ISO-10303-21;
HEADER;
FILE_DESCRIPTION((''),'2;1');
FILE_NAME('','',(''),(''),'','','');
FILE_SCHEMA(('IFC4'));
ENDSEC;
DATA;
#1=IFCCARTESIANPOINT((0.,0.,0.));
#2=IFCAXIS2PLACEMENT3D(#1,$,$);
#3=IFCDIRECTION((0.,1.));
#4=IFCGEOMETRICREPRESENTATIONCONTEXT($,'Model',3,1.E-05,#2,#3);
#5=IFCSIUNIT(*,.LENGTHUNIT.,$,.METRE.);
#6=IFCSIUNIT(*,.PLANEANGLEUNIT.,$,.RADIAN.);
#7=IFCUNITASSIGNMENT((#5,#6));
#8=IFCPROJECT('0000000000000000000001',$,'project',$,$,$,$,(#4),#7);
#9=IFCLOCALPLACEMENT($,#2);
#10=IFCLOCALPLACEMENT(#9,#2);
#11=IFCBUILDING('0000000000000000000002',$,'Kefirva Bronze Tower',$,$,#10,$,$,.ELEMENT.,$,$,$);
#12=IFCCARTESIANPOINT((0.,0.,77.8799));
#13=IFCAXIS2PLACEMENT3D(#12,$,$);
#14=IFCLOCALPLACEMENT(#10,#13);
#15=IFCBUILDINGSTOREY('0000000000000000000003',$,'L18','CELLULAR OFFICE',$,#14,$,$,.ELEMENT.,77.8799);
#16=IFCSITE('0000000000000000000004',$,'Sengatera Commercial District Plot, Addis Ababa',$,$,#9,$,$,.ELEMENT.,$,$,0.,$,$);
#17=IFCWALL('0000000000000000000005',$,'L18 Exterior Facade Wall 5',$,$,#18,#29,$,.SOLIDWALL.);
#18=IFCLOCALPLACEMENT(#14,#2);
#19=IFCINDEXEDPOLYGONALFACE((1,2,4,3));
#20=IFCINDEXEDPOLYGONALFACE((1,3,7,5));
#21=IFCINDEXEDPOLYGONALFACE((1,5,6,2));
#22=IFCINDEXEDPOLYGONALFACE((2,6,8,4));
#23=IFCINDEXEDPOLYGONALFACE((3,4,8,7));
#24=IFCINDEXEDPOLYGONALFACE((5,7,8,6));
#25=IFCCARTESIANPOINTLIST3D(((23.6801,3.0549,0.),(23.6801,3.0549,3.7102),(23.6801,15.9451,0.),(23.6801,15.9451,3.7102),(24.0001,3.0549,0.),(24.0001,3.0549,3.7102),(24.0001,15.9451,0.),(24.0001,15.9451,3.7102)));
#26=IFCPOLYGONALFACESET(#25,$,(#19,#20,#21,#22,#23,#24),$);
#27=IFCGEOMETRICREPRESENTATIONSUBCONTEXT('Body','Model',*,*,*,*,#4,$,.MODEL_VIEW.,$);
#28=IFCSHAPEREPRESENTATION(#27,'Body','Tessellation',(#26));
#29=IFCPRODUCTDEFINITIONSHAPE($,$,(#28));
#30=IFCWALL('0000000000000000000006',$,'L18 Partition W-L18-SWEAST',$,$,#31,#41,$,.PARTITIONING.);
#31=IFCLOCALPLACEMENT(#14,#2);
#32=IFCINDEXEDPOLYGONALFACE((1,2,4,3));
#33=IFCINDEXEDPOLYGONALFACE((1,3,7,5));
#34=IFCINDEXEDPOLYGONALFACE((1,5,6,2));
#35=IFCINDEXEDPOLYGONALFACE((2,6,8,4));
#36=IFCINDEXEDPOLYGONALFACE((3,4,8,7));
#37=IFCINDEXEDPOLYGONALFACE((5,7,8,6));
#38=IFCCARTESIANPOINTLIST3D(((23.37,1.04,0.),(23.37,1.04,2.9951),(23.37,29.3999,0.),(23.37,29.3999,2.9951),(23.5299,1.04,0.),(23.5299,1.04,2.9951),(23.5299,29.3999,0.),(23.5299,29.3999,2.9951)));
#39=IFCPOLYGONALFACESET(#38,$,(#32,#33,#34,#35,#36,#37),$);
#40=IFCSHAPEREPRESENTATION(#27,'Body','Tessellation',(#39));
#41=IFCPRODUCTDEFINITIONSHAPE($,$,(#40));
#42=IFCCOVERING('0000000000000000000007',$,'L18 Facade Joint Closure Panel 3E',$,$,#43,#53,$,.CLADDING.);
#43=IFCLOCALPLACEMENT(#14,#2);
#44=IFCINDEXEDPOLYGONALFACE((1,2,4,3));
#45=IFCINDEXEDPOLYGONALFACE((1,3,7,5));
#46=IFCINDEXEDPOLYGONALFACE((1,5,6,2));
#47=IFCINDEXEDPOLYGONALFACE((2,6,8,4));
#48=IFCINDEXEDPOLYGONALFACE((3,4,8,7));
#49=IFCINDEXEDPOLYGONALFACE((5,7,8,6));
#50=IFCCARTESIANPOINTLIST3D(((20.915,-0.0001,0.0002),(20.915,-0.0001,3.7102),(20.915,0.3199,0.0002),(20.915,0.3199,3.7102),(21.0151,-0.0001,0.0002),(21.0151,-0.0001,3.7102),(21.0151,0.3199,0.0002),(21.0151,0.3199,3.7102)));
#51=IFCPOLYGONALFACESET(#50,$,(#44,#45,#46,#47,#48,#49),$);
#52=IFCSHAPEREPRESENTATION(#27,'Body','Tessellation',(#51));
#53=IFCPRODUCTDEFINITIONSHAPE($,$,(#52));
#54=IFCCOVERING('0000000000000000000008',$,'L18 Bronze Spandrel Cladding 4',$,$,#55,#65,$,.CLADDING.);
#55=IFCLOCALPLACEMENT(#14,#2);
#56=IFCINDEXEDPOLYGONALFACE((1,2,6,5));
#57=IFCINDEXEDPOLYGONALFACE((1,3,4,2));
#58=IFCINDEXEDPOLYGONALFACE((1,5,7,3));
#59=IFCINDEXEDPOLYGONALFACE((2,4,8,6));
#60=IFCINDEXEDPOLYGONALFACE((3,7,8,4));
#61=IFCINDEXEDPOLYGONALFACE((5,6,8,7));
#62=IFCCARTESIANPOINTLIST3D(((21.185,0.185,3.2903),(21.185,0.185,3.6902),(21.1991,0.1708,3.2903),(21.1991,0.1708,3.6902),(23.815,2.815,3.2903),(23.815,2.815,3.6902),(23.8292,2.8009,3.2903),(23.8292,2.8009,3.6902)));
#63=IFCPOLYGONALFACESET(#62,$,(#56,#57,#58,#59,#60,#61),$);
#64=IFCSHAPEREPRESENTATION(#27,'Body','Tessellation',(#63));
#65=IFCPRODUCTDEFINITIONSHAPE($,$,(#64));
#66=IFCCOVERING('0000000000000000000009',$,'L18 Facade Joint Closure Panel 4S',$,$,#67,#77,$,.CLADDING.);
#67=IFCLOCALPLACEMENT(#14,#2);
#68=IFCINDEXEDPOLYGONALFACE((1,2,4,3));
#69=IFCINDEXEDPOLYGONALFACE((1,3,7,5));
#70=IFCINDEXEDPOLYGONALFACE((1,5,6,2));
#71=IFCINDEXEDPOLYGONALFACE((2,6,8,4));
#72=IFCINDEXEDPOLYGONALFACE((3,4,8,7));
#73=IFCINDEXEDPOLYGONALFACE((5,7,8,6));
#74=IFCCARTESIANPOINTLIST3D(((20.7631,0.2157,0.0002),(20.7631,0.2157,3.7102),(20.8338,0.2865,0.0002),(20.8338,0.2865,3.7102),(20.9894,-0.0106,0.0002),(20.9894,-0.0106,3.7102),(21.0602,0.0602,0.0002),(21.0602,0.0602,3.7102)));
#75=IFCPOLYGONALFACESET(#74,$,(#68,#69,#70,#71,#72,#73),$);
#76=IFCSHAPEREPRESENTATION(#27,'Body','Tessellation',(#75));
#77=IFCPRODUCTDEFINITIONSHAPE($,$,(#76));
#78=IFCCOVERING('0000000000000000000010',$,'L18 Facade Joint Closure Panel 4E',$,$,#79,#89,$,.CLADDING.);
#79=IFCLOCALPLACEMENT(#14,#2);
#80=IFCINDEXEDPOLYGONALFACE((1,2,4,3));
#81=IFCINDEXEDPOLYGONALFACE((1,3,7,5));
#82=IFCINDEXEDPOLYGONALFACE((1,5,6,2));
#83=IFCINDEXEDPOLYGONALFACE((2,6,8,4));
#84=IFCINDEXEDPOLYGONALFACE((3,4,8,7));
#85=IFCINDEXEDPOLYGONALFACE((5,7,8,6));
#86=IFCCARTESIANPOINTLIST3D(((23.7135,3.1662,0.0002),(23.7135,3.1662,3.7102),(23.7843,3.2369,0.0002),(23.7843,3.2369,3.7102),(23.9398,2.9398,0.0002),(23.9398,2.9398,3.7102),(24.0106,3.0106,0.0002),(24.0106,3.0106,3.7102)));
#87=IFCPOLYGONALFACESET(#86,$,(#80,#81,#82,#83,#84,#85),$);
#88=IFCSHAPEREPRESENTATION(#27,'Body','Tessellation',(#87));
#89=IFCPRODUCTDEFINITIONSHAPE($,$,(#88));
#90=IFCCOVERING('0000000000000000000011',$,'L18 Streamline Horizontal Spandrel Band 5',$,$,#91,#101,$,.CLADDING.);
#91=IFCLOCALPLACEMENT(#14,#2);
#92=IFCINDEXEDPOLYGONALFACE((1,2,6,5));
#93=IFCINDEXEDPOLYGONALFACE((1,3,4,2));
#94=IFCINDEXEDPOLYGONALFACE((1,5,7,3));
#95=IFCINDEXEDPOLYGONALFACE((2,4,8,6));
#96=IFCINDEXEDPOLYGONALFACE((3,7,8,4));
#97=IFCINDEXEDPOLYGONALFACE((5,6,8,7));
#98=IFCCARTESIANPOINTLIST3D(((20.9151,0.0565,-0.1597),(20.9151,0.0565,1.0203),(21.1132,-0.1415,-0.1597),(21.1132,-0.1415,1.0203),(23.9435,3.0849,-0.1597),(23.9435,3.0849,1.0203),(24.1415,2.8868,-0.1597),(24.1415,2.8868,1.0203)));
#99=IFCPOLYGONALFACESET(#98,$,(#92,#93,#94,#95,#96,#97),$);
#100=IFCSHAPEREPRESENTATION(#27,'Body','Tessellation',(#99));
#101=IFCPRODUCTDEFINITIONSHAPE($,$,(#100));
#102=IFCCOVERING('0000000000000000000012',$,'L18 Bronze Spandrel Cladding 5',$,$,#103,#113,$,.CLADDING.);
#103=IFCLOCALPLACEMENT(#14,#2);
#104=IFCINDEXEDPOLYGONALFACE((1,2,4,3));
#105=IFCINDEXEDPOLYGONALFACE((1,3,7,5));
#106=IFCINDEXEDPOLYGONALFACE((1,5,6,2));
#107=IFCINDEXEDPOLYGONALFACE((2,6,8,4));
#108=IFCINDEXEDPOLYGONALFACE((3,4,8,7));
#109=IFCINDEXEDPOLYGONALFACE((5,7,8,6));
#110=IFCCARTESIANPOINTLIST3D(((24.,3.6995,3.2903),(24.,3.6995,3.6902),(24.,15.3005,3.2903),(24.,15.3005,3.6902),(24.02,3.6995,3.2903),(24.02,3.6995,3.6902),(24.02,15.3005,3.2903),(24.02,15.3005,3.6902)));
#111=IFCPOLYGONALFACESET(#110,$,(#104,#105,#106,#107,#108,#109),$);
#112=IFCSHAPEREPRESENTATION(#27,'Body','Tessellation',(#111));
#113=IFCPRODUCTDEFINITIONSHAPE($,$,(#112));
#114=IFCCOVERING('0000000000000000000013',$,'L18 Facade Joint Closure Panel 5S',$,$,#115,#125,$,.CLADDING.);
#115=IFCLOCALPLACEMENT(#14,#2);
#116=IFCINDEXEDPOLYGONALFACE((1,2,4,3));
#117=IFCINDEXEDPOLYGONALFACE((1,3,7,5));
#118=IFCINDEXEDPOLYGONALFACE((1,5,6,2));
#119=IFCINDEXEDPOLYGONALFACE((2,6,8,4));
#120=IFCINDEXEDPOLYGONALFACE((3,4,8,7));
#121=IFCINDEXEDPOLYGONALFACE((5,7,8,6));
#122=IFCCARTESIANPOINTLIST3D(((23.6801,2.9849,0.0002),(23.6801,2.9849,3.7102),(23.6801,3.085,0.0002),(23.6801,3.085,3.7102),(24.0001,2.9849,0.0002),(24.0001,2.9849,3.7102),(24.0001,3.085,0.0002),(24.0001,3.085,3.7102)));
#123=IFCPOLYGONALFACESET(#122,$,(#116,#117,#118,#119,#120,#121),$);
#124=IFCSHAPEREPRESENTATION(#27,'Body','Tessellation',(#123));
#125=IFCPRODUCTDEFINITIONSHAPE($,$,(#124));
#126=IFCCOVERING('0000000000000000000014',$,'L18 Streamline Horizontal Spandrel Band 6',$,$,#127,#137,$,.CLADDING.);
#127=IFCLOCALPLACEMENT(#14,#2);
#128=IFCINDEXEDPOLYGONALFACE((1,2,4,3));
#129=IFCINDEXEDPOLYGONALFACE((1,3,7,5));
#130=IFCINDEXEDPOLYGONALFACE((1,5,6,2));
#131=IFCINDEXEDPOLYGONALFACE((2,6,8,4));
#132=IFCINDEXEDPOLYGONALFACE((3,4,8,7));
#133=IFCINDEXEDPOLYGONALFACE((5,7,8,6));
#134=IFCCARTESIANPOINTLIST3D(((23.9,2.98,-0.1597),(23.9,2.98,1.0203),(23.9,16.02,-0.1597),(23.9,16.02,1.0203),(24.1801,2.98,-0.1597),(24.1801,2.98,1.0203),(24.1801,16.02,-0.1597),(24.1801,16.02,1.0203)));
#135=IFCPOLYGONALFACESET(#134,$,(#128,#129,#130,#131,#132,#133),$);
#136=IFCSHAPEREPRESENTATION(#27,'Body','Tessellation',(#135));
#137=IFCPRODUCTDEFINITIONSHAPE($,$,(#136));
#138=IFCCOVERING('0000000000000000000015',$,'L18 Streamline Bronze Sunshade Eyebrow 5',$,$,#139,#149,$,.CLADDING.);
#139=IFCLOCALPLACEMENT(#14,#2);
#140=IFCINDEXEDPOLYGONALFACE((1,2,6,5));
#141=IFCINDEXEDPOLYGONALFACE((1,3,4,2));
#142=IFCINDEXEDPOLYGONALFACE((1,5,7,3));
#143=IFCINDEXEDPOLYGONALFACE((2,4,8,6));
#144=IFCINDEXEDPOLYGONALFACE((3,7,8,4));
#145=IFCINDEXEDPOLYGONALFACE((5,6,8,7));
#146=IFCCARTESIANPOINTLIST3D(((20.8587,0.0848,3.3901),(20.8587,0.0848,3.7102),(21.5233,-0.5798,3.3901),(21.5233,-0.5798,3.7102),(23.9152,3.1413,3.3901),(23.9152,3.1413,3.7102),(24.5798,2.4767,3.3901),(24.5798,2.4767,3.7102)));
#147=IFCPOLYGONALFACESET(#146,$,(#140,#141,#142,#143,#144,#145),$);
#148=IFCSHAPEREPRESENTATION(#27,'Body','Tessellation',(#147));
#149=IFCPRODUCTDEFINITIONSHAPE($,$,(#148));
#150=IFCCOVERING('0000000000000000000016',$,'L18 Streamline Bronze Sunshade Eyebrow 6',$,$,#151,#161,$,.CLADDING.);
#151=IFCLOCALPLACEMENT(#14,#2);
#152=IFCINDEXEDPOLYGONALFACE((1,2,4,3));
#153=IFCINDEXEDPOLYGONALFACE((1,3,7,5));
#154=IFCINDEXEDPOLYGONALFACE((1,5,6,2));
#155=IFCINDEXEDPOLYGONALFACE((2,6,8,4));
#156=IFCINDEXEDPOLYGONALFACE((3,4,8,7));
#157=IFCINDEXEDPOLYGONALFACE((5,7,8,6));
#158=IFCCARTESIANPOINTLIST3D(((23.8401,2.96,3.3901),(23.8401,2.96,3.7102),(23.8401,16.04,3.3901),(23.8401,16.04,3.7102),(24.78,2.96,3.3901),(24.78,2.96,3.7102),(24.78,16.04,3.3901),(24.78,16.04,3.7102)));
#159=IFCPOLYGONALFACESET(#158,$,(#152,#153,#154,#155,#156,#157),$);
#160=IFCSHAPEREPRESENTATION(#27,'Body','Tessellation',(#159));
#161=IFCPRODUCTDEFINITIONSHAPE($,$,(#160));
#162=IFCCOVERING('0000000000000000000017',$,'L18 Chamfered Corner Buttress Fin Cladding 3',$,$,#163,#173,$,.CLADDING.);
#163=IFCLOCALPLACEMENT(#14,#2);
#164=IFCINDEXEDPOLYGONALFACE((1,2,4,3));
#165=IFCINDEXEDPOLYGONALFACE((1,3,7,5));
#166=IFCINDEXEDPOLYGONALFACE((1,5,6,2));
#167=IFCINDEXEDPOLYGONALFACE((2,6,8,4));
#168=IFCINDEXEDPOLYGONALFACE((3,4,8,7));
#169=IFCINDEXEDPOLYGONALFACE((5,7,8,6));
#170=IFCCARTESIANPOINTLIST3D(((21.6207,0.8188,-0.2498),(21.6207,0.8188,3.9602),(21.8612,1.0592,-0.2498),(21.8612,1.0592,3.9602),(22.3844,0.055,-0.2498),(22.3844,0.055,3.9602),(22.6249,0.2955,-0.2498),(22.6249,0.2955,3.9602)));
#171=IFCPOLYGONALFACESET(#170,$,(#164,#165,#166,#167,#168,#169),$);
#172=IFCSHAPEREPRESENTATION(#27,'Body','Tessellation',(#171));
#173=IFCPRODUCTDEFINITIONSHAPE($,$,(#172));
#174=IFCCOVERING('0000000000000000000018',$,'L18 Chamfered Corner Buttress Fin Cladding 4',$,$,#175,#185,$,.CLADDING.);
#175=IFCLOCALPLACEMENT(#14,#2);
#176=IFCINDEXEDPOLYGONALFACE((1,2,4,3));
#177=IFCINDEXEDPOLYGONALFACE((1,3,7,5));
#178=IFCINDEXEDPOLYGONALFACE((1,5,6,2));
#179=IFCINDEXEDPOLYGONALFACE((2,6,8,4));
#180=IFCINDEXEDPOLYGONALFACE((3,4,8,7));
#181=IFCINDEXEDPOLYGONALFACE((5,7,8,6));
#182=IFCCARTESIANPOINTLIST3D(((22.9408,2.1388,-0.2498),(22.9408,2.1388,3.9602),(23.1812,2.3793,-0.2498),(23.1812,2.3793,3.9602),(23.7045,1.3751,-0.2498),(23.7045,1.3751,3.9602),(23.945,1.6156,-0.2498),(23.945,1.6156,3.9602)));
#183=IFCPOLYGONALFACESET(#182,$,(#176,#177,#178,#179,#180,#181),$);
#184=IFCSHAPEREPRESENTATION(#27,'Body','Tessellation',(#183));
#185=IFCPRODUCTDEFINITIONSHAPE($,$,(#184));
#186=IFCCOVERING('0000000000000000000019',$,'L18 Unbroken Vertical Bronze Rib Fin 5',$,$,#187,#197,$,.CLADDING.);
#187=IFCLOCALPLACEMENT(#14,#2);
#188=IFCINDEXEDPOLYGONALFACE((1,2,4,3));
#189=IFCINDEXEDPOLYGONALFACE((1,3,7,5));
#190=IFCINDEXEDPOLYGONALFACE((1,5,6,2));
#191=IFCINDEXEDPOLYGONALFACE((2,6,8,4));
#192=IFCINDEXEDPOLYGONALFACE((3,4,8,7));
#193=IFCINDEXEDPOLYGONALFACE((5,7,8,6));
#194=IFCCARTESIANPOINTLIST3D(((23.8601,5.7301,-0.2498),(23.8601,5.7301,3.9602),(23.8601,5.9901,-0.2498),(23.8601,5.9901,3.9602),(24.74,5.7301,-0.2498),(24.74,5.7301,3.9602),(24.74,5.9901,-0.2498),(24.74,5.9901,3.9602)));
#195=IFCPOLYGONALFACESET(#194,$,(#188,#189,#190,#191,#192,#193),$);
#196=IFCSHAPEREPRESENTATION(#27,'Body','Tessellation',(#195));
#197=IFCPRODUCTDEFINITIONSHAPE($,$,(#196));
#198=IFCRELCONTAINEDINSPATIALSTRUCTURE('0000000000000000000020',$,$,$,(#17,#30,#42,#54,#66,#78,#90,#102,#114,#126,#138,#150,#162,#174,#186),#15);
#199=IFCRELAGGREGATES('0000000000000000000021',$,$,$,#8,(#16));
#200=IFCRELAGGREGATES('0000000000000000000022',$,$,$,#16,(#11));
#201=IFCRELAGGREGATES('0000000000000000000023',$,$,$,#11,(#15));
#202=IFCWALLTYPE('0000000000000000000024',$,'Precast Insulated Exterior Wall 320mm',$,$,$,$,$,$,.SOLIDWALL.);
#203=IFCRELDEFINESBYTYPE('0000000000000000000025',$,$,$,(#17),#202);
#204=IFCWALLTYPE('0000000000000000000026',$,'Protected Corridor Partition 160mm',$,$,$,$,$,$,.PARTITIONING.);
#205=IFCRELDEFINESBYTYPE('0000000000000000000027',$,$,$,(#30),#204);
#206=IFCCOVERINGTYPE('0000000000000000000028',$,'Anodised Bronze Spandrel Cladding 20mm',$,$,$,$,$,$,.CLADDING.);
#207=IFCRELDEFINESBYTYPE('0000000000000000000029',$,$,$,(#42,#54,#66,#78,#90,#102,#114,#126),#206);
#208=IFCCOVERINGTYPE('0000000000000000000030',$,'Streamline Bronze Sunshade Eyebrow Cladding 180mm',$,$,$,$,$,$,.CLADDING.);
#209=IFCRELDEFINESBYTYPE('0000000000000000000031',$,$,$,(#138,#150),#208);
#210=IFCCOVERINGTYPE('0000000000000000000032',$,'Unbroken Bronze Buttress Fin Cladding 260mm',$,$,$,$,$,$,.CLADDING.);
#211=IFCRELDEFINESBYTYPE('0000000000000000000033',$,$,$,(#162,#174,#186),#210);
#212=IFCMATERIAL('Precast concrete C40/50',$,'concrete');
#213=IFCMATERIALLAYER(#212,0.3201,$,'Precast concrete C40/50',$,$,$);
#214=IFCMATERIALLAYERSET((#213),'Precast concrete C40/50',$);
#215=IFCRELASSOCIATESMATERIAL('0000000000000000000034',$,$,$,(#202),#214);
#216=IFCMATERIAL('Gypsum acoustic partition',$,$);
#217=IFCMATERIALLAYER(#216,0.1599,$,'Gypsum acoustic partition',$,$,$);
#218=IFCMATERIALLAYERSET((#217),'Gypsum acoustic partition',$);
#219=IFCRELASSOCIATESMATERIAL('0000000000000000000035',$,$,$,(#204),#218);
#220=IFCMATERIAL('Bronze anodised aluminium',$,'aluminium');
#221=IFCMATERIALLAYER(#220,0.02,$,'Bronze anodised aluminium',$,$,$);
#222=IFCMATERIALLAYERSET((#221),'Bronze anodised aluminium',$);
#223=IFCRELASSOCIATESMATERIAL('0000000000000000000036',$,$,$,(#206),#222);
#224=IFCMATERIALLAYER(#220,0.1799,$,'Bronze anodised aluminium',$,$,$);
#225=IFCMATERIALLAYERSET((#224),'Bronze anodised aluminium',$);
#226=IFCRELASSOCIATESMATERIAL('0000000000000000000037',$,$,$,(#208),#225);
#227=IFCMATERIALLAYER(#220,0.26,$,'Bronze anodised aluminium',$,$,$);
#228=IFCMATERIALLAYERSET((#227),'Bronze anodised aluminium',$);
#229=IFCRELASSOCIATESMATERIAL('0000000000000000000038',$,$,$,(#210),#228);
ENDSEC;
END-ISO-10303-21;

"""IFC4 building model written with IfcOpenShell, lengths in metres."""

from ifc_helpers import new_model, si_unit, direction, frame, frame_2d, origin, origin_2d, place, context, subcontext, project, spatial, rectangle, extrude, material, layer, layer_set, type_object, element, save


model = new_model("IFC4")

# Units and contexts
model_context = context("Model", 3, precision=1e-05, world=origin(), true_north=direction((0.0, 1.0)))
body_context = subcontext(model_context, "Body", "Model", "MODEL_VIEW")
ifc_project = project(units=[si_unit("LENGTHUNIT", "METRE"), si_unit("PLANEANGLEUNIT", "RADIAN")], contexts=[model_context])

# Site, building, storey
site_placement = place(None, origin())
site = spatial("IfcSite", under=ifc_project, at=site_placement, Name="Sengatera Commercial District Plot, Addis Ababa", CompositionType="ELEMENT", RefElevation=0.0)
building_placement = place(site_placement, origin())
building = spatial("IfcBuilding", under=site, at=building_placement, Name="Kefirva Bronze Tower", CompositionType="ELEMENT")
storey_placement = place(building_placement, frame((0.0, 0.0, 77.8799)))
storey = spatial("IfcBuildingStorey", under=building, at=storey_placement, Name="L18", Description="CELLULAR OFFICE", CompositionType="ELEMENT", Elevation=77.8799)

# Walls
ifc_material_1 = material(Name="Precast concrete C40/50", Category="concrete")
ifc_layer_1 = layer(ifc_material_1, 0.3201, Name="Precast concrete C40/50")
ifc_layer_set_1 = layer_set([ifc_layer_1], Name="Precast concrete C40/50")
wall_type_1 = type_object("IfcWallType", Name="Precast Insulated Exterior Wall 320mm", PredefinedType="SOLIDWALL", material=ifc_layer_set_1)
wall_1_placement = place(storey_placement, frame((23.8401, 3.0549, 0.0), z_axis=(0.0, 0.0, 1.0), x_axis=(0.0, 1.0, 0.0)))
element("IfcWall", 1, at=wall_1_placement, inside=storey, type_object=wall_type_1, Name="L18 Exterior Facade Wall 5", PredefinedType="SOLIDWALL", context=body_context, shape_type="SweptSolid", body=[
    extrude(rectangle(XDim=12.8901, YDim=0.3201, at=frame_2d((6.4451, 0.0))), origin(), (0.0, 0.0, 1.0), 3.7102),
])
ifc_material_2 = material(Name="Gypsum acoustic partition")
ifc_layer_2 = layer(ifc_material_2, 0.1599, Name="Gypsum acoustic partition")
ifc_layer_set_2 = layer_set([ifc_layer_2], Name="Gypsum acoustic partition")
wall_type_2 = type_object("IfcWallType", Name="Protected Corridor Partition 160mm", PredefinedType="PARTITIONING", material=ifc_layer_set_2)
wall_2_placement = place(storey_placement, frame((23.45, 1.04, 0.0), z_axis=(0.0, 0.0, 1.0), x_axis=(0.0, 1.0, 0.0)))
element("IfcWall", 2, at=wall_2_placement, inside=storey, type_object=wall_type_2, Name="L18 Partition W-L18-SWEAST", PredefinedType="PARTITIONING", context=body_context, shape_type="SweptSolid", body=[
    extrude(rectangle(XDim=28.3599, YDim=0.1599, at=frame_2d((14.1799, 0.0))), origin(), (0.0, 0.0, 1.0), 2.9951),
])

# Coverings
ifc_material_3 = material(Name="Bronze anodised aluminium", Category="aluminium")
ifc_layer_3 = layer(ifc_material_3, 0.02, Name="Bronze anodised aluminium")
ifc_layer_set_3 = layer_set([ifc_layer_3], Name="Bronze anodised aluminium")
covering_type_1 = type_object("IfcCoveringType", Name="Anodised Bronze Spandrel Cladding 20mm", PredefinedType="CLADDING", material=ifc_layer_set_3)
covering_1_placement = place(storey_placement, frame((20.9651, 0.1599, 0.0002), z_axis=(0.0, 0.0, 1.0), x_axis=(1.0, 0.0, 0.0)))
element("IfcCovering", 3, at=covering_1_placement, inside=storey, type_object=covering_type_1, Name="L18 Facade Joint Closure Panel 3E", PredefinedType="CLADDING", context=body_context, shape_type="SweptSolid", body=[
    extrude(rectangle(XDim=0.1001, YDim=0.3201, at=origin_2d()), origin(), (0.0, 0.0, 1.0), 3.71),
])
covering_2_placement = place(storey_placement, frame((22.5071, 1.4929, 3.2903), z_axis=(0.0, 0.0, 1.0), x_axis=(0.707107, 0.707107, 0.0)))
element("IfcCovering", 4, at=covering_2_placement, inside=storey, type_object=covering_type_1, Name="L18 Bronze Spandrel Cladding 4", PredefinedType="CLADDING", context=body_context, shape_type="SweptSolid", body=[
    extrude(rectangle(XDim=3.7195, YDim=0.02, at=origin_2d()), origin(), (0.0, 0.0, 1.0), 0.3999),
])
for number, where, z_axis, x_axis, name in (
    (5, (20.9116, 0.1379, 0.0002), (0.0, 0.0, 1.0), (0.707107, 0.707107, 0.0), "L18 Facade Joint Closure Panel 4S"),
    (6, (23.8621, 3.0884, 0.0002), (0.0, 0.0, 1.0), (0.707107, 0.707107, 0.0), "L18 Facade Joint Closure Panel 4E"),
):
    element("IfcCovering", number, at=place(storey_placement, frame(where, z_axis=z_axis, x_axis=x_axis)), inside=storey, type_object=covering_type_1, Name=name, PredefinedType="CLADDING", context=body_context, shape_type="SweptSolid", body=[
        extrude(rectangle(XDim=0.1001, YDim=0.3201, at=origin_2d()), origin(), (0.0, 0.0, 1.0), 3.71),
    ])
covering_3_placement = place(storey_placement, frame((22.5283, 1.4717, -0.1597), z_axis=(0.0, 0.0, 1.0), x_axis=(0.707107, 0.707107, 0.0)))
element("IfcCovering", 7, at=covering_3_placement, inside=storey, type_object=covering_type_1, Name="L18 Streamline Horizontal Spandrel Band 5", PredefinedType="CLADDING", context=body_context, shape_type="SweptSolid", body=[
    extrude(rectangle(XDim=4.2827, YDim=0.28, at=origin_2d()), origin(), (0.0, 0.0, 1.0), 1.1799),
])
covering_4_placement = place(storey_placement, frame((24.01, 9.5, 3.2903), z_axis=(0.0, 0.0, 1.0), x_axis=(0.0, 1.0, 0.0)))
element("IfcCovering", 8, at=covering_4_placement, inside=storey, type_object=covering_type_1, Name="L18 Bronze Spandrel Cladding 5", PredefinedType="CLADDING", context=body_context, shape_type="SweptSolid", body=[
    extrude(rectangle(XDim=11.6011, YDim=0.02, at=origin_2d()), origin(), (0.0, 0.0, 1.0), 0.3999),
])
covering_5_placement = place(storey_placement, frame((23.8401, 3.0349, 0.0002), z_axis=(0.0, 0.0, 1.0), x_axis=(0.0, 1.0, 0.0)))
element("IfcCovering", 9, at=covering_5_placement, inside=storey, type_object=covering_type_1, Name="L18 Facade Joint Closure Panel 5S", PredefinedType="CLADDING", context=body_context, shape_type="SweptSolid", body=[
    extrude(rectangle(XDim=0.1001, YDim=0.3201, at=origin_2d()), origin(), (0.0, 0.0, 1.0), 3.71),
])
covering_6_placement = place(storey_placement, frame((24.04, 9.5, -0.1597), z_axis=(0.0, 0.0, 1.0), x_axis=(0.0, 1.0, 0.0)))
element("IfcCovering", 10, at=covering_6_placement, inside=storey, type_object=covering_type_1, Name="L18 Streamline Horizontal Spandrel Band 6", PredefinedType="CLADDING", context=body_context, shape_type="SweptSolid", body=[
    extrude(rectangle(XDim=13.04, YDim=0.28, at=origin_2d()), origin(), (0.0, 0.0, 1.0), 1.1799),
])
ifc_layer_4 = layer(ifc_material_3, 0.1799, Name="Bronze anodised aluminium")
ifc_layer_set_4 = layer_set([ifc_layer_4], Name="Bronze anodised aluminium")
covering_type_2 = type_object("IfcCoveringType", Name="Streamline Bronze Sunshade Eyebrow Cladding 180mm", PredefinedType="CLADDING", material=ifc_layer_set_4)
covering_7_placement = place(storey_placement, frame((22.7192, 1.2808, 3.3901), z_axis=(0.0, 0.0, 1.0), x_axis=(0.707107, 0.707107, 0.0)))
element("IfcCovering", 11, at=covering_7_placement, inside=storey, type_object=covering_type_2, Name="L18 Streamline Bronze Sunshade Eyebrow 5", PredefinedType="CLADDING", context=body_context, shape_type="SweptSolid", body=[
    extrude(rectangle(XDim=4.3225, YDim=0.9399, at=origin_2d()), origin(), (0.0, 0.0, 1.0), 0.3201),
])
covering_8_placement = place(storey_placement, frame((24.3101, 9.5, 3.3901), z_axis=(0.0, 0.0, 1.0), x_axis=(0.0, 1.0, 0.0)))
element("IfcCovering", 12, at=covering_8_placement, inside=storey, type_object=covering_type_2, Name="L18 Streamline Bronze Sunshade Eyebrow 6", PredefinedType="CLADDING", context=body_context, shape_type="SweptSolid", body=[
    extrude(rectangle(XDim=13.0801, YDim=0.9399, at=origin_2d()), origin(), (0.0, 0.0, 1.0), 0.3201),
])
ifc_layer_5 = layer(ifc_material_3, 0.26, Name="Bronze anodised aluminium")
ifc_layer_set_5 = layer_set([ifc_layer_5], Name="Bronze anodised aluminium")
covering_type_3 = type_object("IfcCoveringType", Name="Unbroken Bronze Buttress Fin Cladding 260mm", PredefinedType="CLADDING", material=ifc_layer_set_5)
for number, where, z_axis, x_axis, name in (
    (13, (22.1228, 0.5571, -0.2498), (0.0, 0.0, 1.0), (0.707107, 0.707107, 0.0), "L18 Chamfered Corner Buttress Fin Cladding 3"),
    (14, (23.4429, 1.8772, -0.2498), (0.0, 0.0, 1.0), (0.707107, 0.707107, 0.0), "L18 Chamfered Corner Buttress Fin Cladding 4"),
):
    element("IfcCovering", number, at=place(storey_placement, frame(where, z_axis=z_axis, x_axis=x_axis)), inside=storey, type_object=covering_type_3, Name=name, PredefinedType="CLADDING", context=body_context, shape_type="SweptSolid", body=[
        extrude(rectangle(XDim=0.3401, YDim=1.0801, at=origin_2d()), origin(), (0.0, 0.0, 1.0), 4.21),
    ])
covering_9_placement = place(storey_placement, frame((24.3, 5.8601, -0.2498), z_axis=(0.0, 0.0, 1.0), x_axis=(0.0, 1.0, 0.0)))
element("IfcCovering", 15, at=covering_9_placement, inside=storey, type_object=covering_type_3, Name="L18 Unbroken Vertical Bronze Rib Fin 5", PredefinedType="CLADDING", context=body_context, shape_type="SweptSolid", body=[
    extrude(rectangle(XDim=0.26, YDim=0.8799, at=origin_2d()), origin(), (0.0, 0.0, 1.0), 4.21),
])

save(model, "model.ifc")
